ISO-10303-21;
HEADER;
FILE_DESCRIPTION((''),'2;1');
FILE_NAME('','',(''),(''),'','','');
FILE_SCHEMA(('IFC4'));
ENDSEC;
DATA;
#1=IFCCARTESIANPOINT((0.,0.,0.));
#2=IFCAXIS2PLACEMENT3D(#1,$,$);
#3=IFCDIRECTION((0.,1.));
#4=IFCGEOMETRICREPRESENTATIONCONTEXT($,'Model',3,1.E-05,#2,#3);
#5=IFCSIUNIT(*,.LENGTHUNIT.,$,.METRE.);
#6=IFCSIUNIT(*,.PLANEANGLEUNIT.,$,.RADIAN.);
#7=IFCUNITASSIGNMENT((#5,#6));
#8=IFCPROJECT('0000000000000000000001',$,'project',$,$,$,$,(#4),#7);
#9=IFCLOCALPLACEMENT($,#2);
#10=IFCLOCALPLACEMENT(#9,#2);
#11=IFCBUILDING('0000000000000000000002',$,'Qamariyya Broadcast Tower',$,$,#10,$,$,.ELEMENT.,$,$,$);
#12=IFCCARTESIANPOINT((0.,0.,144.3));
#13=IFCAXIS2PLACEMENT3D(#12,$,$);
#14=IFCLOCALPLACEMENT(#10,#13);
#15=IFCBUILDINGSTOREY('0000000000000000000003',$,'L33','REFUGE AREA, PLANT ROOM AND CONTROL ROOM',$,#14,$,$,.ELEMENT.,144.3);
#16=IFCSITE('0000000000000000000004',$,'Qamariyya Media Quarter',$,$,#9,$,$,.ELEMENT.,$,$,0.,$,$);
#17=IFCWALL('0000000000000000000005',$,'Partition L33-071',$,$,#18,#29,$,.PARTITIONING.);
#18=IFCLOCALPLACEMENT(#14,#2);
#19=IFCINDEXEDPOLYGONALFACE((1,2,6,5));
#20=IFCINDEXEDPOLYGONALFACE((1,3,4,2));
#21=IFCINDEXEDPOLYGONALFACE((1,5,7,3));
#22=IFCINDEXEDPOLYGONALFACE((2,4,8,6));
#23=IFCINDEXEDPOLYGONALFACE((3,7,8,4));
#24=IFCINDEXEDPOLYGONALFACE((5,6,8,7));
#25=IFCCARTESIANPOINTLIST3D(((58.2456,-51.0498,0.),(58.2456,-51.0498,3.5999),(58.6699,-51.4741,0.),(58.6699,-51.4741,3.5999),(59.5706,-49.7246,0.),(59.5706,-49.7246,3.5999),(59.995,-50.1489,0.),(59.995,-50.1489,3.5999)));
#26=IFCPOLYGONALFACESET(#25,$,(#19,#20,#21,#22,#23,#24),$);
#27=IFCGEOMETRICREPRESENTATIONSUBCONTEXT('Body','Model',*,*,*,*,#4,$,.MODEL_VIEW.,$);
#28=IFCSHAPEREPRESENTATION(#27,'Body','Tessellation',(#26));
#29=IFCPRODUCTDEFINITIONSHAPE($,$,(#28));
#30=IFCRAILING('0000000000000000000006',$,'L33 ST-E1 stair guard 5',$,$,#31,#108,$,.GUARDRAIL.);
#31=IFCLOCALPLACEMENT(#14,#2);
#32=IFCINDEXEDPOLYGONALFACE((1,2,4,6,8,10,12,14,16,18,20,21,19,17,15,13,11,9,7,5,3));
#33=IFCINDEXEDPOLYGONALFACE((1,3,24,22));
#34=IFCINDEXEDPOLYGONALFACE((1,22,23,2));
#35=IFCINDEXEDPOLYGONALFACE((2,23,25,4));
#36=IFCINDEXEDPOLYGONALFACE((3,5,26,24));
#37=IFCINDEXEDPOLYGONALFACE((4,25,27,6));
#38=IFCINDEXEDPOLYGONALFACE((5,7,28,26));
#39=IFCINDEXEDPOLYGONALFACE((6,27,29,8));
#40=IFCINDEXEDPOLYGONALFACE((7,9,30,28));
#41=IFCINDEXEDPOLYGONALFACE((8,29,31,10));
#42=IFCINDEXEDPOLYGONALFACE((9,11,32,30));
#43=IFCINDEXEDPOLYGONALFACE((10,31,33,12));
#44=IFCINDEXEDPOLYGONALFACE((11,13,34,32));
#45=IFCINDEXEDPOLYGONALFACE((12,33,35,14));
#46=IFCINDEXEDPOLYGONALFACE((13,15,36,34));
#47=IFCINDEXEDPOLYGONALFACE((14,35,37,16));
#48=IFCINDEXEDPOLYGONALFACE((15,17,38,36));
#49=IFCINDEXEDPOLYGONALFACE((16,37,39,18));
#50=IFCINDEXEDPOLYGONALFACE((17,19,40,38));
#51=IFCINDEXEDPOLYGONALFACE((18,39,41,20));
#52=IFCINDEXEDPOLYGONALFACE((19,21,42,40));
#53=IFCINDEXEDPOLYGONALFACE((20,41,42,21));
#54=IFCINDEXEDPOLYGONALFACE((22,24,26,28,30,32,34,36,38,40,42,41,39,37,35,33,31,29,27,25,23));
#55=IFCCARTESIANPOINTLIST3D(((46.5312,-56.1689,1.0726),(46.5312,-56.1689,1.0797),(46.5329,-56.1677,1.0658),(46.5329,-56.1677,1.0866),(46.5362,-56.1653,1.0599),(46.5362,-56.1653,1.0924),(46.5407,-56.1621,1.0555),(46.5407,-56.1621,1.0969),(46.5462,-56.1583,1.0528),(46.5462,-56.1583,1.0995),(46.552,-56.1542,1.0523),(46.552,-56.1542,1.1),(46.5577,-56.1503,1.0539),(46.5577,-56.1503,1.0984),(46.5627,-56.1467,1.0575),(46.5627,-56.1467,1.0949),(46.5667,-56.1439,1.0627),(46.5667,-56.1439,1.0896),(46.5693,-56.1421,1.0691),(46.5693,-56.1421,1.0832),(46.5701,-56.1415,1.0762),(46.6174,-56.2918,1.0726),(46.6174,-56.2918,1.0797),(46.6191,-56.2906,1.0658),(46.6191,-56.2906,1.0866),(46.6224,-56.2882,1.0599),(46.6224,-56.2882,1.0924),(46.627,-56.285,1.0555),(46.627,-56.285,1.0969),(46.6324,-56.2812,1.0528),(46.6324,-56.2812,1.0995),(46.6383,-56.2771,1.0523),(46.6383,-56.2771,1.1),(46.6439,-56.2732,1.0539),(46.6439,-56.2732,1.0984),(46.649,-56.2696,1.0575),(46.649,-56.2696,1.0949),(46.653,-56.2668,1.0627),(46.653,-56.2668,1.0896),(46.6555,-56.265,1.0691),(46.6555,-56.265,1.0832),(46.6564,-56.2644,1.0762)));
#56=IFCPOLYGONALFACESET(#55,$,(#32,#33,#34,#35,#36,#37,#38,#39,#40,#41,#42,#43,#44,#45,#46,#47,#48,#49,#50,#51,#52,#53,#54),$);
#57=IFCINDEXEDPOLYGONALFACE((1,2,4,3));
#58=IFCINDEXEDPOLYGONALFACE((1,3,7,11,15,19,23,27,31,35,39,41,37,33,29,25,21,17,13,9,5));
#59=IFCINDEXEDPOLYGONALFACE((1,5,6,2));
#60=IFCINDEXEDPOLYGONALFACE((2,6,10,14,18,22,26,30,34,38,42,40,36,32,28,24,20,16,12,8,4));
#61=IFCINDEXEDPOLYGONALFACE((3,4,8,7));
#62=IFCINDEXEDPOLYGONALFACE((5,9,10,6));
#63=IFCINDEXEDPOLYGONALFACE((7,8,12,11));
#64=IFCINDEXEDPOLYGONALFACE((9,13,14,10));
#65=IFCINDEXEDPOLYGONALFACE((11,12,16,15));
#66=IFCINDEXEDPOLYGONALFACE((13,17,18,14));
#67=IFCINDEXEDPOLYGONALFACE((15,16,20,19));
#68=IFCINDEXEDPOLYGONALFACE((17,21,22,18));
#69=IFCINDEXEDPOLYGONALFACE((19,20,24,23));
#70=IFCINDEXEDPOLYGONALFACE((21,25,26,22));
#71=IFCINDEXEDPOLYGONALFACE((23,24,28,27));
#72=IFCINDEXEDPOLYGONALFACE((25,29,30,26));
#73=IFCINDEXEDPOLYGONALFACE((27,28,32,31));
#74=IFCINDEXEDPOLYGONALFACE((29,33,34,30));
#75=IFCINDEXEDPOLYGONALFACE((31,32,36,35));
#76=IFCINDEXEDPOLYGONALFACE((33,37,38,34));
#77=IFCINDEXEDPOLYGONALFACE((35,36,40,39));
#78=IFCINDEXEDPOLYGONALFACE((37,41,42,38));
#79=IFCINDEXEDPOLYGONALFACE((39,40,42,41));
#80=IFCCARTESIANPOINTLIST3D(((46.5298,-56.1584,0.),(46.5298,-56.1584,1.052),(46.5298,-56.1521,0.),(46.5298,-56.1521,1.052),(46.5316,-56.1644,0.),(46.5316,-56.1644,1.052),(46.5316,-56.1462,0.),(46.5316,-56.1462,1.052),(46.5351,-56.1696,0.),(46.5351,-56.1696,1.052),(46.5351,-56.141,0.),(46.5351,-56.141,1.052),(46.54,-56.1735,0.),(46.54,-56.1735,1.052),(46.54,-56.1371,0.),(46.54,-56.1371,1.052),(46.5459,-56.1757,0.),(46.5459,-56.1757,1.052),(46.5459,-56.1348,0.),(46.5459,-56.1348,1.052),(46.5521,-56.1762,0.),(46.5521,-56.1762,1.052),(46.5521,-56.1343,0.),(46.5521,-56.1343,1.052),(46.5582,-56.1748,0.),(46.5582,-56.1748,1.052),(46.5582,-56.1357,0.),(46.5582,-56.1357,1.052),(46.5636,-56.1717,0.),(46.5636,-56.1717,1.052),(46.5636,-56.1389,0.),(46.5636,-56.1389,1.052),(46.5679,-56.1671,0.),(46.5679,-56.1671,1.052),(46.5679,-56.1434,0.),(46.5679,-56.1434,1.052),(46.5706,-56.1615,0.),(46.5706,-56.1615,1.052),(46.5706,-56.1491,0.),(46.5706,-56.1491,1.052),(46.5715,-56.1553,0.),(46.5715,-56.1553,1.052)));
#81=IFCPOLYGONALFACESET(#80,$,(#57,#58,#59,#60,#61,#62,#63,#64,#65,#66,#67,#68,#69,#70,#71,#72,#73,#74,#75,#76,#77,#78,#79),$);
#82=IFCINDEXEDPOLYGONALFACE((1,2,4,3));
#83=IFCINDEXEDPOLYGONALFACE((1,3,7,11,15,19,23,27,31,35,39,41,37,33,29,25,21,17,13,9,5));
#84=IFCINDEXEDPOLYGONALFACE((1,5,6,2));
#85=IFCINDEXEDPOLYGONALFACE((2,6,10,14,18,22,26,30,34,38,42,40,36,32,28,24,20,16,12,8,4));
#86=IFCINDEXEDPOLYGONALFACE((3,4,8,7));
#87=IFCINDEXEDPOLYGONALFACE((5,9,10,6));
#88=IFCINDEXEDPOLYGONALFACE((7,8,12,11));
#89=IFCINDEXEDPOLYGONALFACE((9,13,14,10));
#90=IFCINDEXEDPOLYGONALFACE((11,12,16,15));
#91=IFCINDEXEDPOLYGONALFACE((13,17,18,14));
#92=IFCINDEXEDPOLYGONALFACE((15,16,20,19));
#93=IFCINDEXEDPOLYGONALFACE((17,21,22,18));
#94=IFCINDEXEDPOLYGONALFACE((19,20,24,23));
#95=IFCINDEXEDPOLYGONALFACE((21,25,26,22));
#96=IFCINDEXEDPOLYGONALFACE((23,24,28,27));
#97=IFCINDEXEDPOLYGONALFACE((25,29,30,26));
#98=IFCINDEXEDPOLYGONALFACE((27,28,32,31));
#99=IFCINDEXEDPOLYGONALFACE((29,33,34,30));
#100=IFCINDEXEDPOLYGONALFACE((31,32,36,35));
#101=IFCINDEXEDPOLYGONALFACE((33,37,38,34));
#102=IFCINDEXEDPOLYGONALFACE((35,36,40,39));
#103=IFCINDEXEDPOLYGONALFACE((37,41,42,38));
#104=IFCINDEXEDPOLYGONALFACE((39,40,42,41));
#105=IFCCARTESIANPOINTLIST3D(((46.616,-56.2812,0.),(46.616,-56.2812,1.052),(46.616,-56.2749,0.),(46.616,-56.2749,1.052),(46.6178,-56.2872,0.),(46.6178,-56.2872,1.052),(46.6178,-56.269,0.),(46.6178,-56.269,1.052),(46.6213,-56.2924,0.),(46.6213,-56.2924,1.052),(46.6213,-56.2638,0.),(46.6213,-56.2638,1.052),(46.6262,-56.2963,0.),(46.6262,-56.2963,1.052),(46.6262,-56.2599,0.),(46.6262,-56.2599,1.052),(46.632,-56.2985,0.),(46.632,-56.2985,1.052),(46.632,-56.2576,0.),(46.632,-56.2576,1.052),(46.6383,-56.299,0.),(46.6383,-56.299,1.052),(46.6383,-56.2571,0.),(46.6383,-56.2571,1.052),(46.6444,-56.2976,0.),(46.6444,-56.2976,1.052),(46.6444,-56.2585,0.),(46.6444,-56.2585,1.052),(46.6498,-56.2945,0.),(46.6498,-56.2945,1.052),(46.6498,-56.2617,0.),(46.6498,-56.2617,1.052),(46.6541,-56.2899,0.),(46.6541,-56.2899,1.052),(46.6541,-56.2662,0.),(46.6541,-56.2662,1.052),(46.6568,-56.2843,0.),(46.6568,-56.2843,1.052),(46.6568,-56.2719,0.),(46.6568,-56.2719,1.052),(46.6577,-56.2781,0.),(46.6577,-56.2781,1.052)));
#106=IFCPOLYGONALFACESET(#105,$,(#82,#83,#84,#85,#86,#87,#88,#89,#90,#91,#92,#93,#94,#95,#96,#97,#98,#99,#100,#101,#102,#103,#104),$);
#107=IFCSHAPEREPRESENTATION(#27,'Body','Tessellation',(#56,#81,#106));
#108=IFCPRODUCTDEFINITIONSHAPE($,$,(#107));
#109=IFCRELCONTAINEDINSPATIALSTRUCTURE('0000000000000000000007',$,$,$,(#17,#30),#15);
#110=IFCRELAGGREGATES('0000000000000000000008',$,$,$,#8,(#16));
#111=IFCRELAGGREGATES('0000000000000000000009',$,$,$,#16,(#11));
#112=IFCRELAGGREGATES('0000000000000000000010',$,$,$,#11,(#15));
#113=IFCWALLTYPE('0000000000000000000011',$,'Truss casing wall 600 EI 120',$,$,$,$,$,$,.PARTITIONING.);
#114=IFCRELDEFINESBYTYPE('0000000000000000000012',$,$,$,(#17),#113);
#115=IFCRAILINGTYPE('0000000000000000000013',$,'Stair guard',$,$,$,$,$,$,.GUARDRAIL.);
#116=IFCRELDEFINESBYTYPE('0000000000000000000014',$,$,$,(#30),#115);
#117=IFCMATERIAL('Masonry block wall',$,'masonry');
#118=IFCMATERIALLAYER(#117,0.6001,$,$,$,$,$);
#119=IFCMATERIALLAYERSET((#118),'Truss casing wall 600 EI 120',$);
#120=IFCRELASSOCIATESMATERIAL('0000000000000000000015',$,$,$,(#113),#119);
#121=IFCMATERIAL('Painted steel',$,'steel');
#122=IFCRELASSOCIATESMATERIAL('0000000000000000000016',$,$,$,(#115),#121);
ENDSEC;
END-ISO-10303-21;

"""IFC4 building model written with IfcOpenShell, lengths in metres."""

from ifc_helpers import new_model, si_unit, direction, frame, frame_2d, origin, origin_2d, place, context, subcontext, project, spatial, rectangle, circle, extrude, material, layer, layer_set, type_object, element, save


model = new_model("IFC4")

# Units and contexts
model_context = context("Model", 3, precision=1e-05, world=origin(), true_north=direction((0.0, 1.0)))
body_context = subcontext(model_context, "Body", "Model", "MODEL_VIEW")
ifc_project = project(units=[si_unit("LENGTHUNIT", "METRE"), si_unit("PLANEANGLEUNIT", "RADIAN")], contexts=[model_context])

# Site, building, storey
site_placement = place(None, origin())
site = spatial("IfcSite", under=ifc_project, at=site_placement, Name="Qamariyya Media Quarter", CompositionType="ELEMENT", RefElevation=0.0)
building_placement = place(site_placement, origin())
building = spatial("IfcBuilding", under=site, at=building_placement, Name="Qamariyya Broadcast Tower", CompositionType="ELEMENT")
storey_placement = place(building_placement, frame((0.0, 0.0, 144.3)))
storey = spatial("IfcBuildingStorey", under=building, at=storey_placement, Name="L33", Description="REFUGE AREA, PLANT ROOM AND CONTROL ROOM", CompositionType="ELEMENT", Elevation=144.3)

# Wall
ifc_material_1 = material(Name="Masonry block wall", Category="masonry")
ifc_layer_1 = layer(ifc_material_1, 0.6001)
ifc_layer_set_1 = layer_set([ifc_layer_1], Name="Truss casing wall 600 EI 120")
wall_type_1 = type_object("IfcWallType", Name="Truss casing wall 600 EI 120", PredefinedType="PARTITIONING", material=ifc_layer_set_1)
wall_1_placement = place(storey_placement, frame((58.4578, -51.262, 0.0), z_axis=(0.0, 0.0, 1.0), x_axis=(0.707042, 0.707172, 0.0)))
element("IfcWall", 1, at=wall_1_placement, inside=storey, type_object=wall_type_1, Name="Partition L33-071", PredefinedType="PARTITIONING", context=body_context, shape_type="SweptSolid", body=[
    extrude(rectangle(XDim=1.874, YDim=0.6001, at=frame_2d((0.937, 0.0))), origin(), (0.0, 0.0, 1.0), 3.5999),
])

# Railing
ifc_material_2 = material(Name="Painted steel", Category="steel")
railing_type_1 = type_object("IfcRailingType", Name="Stair guard", PredefinedType="GUARDRAIL", material=ifc_material_2)
railing_placement = place(storey_placement, frame((46.5505, -56.1553, 0.0)))
element("IfcRailing", 2, at=railing_placement, inside=storey, type_object=railing_type_1, Name="L33 ST-E1 stair guard 5", PredefinedType="GUARDRAIL", context=body_context, shape_type="SweptSolid", body=[
    extrude(circle(Radius=0.0239, at=origin_2d()), frame((0.0, 0.0, 1.0762), z_axis=(0.574445, -0.818543, 0.0), x_axis=(0.818543, 0.574445, 0.0)), (0.0, 0.0, 1.0), 0.1501),
    extrude(circle(Radius=0.021, at=origin_2d()), origin(), (0.0, 0.0, 1.0), 1.052),
    extrude(circle(Radius=0.021, at=origin_2d()), frame((0.0862, -0.1228, 0.0)), (0.0, 0.0, 1.0), 1.052),
])

save(model, "model.ifc")
